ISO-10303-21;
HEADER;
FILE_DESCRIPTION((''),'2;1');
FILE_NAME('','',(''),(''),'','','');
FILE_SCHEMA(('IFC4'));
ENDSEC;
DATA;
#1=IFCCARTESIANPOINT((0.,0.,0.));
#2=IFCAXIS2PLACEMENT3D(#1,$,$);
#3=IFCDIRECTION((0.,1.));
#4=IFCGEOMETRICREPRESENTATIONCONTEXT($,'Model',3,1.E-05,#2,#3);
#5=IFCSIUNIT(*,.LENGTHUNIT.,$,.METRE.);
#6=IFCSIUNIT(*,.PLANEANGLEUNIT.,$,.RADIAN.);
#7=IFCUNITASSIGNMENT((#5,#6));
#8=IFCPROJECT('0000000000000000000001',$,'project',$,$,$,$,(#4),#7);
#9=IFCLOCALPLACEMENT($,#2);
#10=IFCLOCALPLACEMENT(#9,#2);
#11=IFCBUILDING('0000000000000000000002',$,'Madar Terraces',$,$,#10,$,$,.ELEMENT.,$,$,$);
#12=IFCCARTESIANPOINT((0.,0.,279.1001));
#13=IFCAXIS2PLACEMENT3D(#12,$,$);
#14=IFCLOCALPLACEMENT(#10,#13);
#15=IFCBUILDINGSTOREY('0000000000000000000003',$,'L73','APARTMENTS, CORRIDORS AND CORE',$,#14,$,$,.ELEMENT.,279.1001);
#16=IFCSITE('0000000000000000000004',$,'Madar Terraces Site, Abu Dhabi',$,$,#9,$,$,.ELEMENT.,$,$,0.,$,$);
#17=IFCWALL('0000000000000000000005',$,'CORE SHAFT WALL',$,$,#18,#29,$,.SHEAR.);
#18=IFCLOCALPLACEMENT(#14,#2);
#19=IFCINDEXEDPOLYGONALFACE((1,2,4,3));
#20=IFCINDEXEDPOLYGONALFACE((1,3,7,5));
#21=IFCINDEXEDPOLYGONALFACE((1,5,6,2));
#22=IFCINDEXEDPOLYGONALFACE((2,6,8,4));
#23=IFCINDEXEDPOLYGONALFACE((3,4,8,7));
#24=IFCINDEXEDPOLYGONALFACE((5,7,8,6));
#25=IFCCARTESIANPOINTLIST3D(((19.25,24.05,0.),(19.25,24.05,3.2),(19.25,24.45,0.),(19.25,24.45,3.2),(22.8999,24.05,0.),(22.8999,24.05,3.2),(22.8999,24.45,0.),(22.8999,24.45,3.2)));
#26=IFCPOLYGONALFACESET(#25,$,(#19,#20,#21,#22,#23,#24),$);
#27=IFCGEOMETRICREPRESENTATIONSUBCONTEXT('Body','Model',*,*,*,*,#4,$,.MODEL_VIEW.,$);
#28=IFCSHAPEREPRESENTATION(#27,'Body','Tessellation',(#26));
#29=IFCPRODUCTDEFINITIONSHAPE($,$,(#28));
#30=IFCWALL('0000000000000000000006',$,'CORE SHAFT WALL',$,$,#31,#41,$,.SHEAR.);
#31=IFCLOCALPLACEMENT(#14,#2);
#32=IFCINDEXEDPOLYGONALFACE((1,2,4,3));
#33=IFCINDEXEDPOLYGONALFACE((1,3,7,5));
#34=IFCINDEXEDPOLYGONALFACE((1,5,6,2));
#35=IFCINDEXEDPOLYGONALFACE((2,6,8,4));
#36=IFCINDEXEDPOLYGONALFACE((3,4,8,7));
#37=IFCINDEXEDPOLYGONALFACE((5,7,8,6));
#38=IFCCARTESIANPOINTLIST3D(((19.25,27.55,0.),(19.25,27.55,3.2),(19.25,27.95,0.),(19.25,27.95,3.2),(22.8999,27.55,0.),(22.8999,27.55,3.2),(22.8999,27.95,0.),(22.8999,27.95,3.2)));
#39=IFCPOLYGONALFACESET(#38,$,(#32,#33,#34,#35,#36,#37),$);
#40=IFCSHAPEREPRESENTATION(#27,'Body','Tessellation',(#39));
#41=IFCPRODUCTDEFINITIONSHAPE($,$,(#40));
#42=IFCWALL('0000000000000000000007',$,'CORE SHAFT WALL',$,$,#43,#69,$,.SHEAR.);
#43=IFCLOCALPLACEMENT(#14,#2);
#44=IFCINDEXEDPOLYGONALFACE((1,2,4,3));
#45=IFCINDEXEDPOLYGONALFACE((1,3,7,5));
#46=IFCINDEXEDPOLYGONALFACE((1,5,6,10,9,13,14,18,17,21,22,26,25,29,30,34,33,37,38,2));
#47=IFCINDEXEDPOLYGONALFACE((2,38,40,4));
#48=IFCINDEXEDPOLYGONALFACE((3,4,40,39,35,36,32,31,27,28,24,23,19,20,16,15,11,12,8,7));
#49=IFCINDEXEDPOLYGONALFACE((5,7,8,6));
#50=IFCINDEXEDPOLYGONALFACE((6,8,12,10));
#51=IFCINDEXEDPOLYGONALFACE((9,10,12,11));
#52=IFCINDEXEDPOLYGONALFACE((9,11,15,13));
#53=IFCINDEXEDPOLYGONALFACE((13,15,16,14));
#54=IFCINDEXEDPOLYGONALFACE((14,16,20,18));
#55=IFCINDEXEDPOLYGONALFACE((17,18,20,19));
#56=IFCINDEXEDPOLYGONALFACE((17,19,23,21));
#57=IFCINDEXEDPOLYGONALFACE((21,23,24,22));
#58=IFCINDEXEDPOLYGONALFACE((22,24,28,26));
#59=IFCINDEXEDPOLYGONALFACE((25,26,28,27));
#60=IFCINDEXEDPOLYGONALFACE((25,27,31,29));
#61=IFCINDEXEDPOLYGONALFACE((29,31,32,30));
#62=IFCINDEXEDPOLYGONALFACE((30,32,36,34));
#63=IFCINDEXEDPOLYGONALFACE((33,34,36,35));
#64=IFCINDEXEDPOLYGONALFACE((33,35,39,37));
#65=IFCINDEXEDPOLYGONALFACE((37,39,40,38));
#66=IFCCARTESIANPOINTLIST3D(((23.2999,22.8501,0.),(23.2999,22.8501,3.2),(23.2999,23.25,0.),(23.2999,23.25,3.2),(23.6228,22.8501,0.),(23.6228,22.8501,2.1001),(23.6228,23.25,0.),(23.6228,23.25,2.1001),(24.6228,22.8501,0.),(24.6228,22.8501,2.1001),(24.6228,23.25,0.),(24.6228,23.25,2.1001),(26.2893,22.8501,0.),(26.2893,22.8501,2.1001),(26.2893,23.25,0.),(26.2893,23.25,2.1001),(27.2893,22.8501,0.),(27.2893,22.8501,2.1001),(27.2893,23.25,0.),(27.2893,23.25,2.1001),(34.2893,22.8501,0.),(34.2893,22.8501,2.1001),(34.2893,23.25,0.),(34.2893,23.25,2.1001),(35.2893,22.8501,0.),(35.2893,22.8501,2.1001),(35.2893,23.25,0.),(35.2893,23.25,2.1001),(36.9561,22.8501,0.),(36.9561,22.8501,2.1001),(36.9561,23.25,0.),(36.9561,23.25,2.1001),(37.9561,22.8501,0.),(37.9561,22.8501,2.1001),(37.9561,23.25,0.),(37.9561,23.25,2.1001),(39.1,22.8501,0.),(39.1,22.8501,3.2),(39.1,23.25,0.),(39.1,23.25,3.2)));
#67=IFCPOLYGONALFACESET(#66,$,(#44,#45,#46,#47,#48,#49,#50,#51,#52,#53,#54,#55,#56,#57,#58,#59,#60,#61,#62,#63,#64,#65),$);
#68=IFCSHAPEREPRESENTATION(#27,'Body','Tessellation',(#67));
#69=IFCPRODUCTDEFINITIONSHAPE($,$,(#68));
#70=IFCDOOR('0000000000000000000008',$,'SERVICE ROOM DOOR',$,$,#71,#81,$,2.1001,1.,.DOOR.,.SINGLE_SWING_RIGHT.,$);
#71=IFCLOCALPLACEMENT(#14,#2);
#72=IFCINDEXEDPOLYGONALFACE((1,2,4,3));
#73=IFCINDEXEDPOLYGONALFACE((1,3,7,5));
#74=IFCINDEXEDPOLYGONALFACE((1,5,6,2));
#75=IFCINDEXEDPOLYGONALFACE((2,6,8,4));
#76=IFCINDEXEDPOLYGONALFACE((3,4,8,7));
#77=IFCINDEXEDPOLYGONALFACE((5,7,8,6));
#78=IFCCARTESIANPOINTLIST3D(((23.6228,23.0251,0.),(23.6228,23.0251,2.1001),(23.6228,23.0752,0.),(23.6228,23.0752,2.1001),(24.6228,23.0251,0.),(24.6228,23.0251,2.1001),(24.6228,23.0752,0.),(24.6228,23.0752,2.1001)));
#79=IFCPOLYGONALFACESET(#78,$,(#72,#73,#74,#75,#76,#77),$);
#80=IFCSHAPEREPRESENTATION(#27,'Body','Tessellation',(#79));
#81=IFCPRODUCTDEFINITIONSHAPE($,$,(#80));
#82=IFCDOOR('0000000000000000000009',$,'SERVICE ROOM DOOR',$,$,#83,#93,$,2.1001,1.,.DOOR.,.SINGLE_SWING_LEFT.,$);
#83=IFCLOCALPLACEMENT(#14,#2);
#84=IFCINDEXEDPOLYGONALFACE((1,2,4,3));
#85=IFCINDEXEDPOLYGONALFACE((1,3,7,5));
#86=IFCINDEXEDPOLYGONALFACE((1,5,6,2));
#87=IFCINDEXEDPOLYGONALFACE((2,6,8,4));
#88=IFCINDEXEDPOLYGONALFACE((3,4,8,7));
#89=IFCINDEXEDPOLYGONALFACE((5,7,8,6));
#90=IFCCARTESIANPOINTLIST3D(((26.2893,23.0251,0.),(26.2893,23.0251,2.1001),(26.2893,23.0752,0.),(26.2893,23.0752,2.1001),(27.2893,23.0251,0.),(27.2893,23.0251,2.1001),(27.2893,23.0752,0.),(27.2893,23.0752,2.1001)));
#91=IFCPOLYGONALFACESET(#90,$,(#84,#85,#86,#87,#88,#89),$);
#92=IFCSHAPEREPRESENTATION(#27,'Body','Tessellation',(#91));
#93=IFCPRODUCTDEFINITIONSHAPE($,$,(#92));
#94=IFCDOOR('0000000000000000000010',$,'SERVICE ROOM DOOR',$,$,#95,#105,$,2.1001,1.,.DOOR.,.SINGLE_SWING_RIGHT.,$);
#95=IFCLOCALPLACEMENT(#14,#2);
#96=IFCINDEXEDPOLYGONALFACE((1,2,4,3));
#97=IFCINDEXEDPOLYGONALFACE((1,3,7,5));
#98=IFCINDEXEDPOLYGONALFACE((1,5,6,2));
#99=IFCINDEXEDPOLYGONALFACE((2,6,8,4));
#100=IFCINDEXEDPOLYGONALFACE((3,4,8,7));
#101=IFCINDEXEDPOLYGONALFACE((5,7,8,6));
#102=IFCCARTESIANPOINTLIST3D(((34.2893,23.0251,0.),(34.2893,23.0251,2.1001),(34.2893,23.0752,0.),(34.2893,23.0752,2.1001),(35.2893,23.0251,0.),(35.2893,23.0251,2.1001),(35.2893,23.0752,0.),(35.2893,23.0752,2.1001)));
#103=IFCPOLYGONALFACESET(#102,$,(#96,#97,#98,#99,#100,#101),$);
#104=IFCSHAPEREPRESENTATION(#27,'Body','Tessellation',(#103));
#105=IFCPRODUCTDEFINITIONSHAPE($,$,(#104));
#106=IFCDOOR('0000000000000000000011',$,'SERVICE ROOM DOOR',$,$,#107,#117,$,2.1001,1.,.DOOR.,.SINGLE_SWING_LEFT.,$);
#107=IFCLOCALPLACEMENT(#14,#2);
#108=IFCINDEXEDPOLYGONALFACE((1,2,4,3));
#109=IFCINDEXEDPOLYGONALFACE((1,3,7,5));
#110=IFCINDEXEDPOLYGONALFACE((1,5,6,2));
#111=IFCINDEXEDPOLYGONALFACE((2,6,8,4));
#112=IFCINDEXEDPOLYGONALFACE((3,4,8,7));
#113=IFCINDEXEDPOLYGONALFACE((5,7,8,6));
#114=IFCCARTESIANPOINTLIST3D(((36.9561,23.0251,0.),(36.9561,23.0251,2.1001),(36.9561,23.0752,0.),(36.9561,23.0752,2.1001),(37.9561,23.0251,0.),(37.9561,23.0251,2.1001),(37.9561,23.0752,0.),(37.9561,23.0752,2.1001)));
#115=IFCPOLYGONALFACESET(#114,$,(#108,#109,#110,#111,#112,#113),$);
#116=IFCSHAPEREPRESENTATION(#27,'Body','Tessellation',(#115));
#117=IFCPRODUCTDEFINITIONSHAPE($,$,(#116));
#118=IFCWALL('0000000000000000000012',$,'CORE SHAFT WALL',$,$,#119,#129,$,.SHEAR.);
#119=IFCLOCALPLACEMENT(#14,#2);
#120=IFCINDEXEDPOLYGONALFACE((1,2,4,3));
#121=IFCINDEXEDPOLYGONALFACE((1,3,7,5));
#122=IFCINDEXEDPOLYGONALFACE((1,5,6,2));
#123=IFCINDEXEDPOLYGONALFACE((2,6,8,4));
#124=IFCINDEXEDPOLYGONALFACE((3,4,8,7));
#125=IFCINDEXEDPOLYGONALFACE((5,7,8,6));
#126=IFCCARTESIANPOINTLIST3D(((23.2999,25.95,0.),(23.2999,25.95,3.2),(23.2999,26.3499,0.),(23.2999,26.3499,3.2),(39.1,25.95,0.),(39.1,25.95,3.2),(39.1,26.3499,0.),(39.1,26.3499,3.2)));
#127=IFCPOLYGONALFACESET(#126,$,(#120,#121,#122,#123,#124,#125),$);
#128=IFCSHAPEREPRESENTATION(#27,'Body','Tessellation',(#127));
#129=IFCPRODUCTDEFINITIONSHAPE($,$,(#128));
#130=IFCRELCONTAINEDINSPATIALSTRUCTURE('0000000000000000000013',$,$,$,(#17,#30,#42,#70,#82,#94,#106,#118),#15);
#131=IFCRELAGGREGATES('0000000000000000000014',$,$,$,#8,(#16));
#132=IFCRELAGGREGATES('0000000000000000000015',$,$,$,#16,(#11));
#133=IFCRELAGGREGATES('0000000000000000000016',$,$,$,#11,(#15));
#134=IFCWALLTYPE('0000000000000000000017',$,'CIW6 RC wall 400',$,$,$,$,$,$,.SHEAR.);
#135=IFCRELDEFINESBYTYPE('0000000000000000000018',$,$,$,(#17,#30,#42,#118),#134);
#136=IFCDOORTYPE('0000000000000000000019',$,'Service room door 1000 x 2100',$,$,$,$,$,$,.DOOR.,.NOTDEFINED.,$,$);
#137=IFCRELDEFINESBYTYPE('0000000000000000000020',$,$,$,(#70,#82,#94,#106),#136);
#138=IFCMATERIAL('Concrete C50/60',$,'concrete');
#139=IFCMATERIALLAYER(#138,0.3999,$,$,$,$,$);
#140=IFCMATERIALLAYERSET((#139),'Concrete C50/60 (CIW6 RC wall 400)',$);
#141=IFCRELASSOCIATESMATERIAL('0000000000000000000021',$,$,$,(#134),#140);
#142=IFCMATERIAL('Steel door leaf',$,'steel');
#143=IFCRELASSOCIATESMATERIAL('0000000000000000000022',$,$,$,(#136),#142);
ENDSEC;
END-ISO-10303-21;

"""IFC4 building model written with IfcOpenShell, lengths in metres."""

from ifc_helpers import new_model, si_unit, direction, frame, frame_2d, origin, place, context, subcontext, project, spatial, rectangle, extrude, material, layer, layer_set, type_object, element, fill, save


model = new_model("IFC4")

# Units and contexts
model_context = context("Model", 3, precision=1e-05, world=origin(), true_north=direction((0.0, 1.0)))
body_context = subcontext(model_context, "Body", "Model", "MODEL_VIEW")
ifc_project = project(units=[si_unit("LENGTHUNIT", "METRE"), si_unit("PLANEANGLEUNIT", "RADIAN")], contexts=[model_context])

# Site, building, storey
site_placement = place(None, origin())
site = spatial("IfcSite", under=ifc_project, at=site_placement, Name="Madar Terraces Site, Abu Dhabi", CompositionType="ELEMENT", RefElevation=0.0)
building_placement = place(site_placement, origin())
building = spatial("IfcBuilding", under=site, at=building_placement, Name="Madar Terraces", CompositionType="ELEMENT")
storey_placement = place(building_placement, frame((0.0, 0.0, 279.1001)))
storey = spatial("IfcBuildingStorey", under=building, at=storey_placement, Name="L73", Description="APARTMENTS, CORRIDORS AND CORE", CompositionType="ELEMENT", Elevation=279.1001)

# Walls
ifc_material_1 = material(Name="Concrete C50/60", Category="concrete")
ifc_layer_1 = layer(ifc_material_1, 0.3999)
ifc_layer_set_1 = layer_set([ifc_layer_1], Name="Concrete C50/60 (CIW6 RC wall 400)")
wall_type_1 = type_object("IfcWallType", Name="CIW6 RC wall 400", PredefinedType="SHEAR", material=ifc_layer_set_1)
for number, where, z_axis, x_axis, name in (
    (1, (19.25, 24.25, 0.0), (0.0, 0.0, 1.0), (1.0, 0.0, 0.0), "CORE SHAFT WALL"),
    (2, (19.25, 27.75, 0.0), (0.0, 0.0, 1.0), (1.0, 0.0, 0.0), "CORE SHAFT WALL"),
):
    element("IfcWall", number, at=place(storey_placement, frame(where, z_axis=z_axis, x_axis=x_axis)), inside=storey, type_object=wall_type_1, Name=name, PredefinedType="SHEAR", context=body_context, shape_type="SweptSolid", body=[
        extrude(rectangle(XDim=3.6499, YDim=0.3999, at=frame_2d((1.825, 0.0))), origin(), (0.0, 0.0, 1.0), 3.2),
    ])

# Wall, openings, doors
wall_1_placement = place(storey_placement, frame((23.3, 23.05, 0.0), z_axis=(0.0, 0.0, 1.0), x_axis=(1.0, 0.0, 0.0)))
wall_1 = element("IfcWall", 3, at=wall_1_placement, inside=storey, type_object=wall_type_1, Name="CORE SHAFT WALL", PredefinedType="SHEAR", context=body_context, shape_type="SweptSolid", body=[
    extrude(rectangle(XDim=15.8, YDim=0.3999, at=frame_2d((7.8999, 0.0))), origin(), (0.0, 0.0, 1.0), 3.2),
])
opening_1_placement = place(wall_1_placement, frame((0.3228, 0.0, 0.0)))
opening_1 = element("IfcOpeningElement", 4, at=opening_1_placement, cuts=wall_1, PredefinedType="OPENING", context=body_context, shape_type="SweptSolid", body=[
    extrude(rectangle(XDim=1.0, YDim=2.1001, at=frame_2d((0.5, 1.05))), frame((0.0, 0.21, 0.0), z_axis=(0.0, -1.0, 0.0), x_axis=(1.0, 0.0, 0.0)), (0.0, 0.0, 1.0), 0.4199),
])
opening_2_placement = place(wall_1_placement, frame((2.9893, 0.0, 0.0)))
opening_2 = element("IfcOpeningElement", 5, at=opening_2_placement, cuts=wall_1, PredefinedType="OPENING", context=body_context, shape_type="SweptSolid", body=[
    extrude(rectangle(XDim=1.0, YDim=2.1001, at=frame_2d((0.5, 1.05))), frame((0.0, 0.21, 0.0), z_axis=(0.0, -1.0, 0.0), x_axis=(1.0, 0.0, 0.0)), (0.0, 0.0, 1.0), 0.4199),
])
opening_3_placement = place(wall_1_placement, frame((10.9893, 0.0, 0.0)))
opening_3 = element("IfcOpeningElement", 6, at=opening_3_placement, cuts=wall_1, PredefinedType="OPENING", context=body_context, shape_type="SweptSolid", body=[
    extrude(rectangle(XDim=1.0, YDim=2.1001, at=frame_2d((0.5, 1.05))), frame((0.0, 0.21, 0.0), z_axis=(0.0, -1.0, 0.0), x_axis=(1.0, 0.0, 0.0)), (0.0, 0.0, 1.0), 0.4199),
])
opening_4_placement = place(wall_1_placement, frame((13.656, 0.0, 0.0)))
opening_4 = element("IfcOpeningElement", 7, at=opening_4_placement, cuts=wall_1, PredefinedType="OPENING", context=body_context, shape_type="SweptSolid", body=[
    extrude(rectangle(XDim=1.0, YDim=2.1001, at=frame_2d((0.5, 1.05))), frame((0.0, 0.21, 0.0), z_axis=(0.0, -1.0, 0.0), x_axis=(1.0, 0.0, 0.0)), (0.0, 0.0, 1.0), 0.4199),
])
ifc_material_2 = material(Name="Steel door leaf", Category="steel")
door_type_1 = type_object("IfcDoorType", Name="Service room door 1000 x 2100", OperationType="NOTDEFINED", PredefinedType="DOOR", material=ifc_material_2)
door_1_placement = place(opening_1_placement, frame((1.0, 0.0, 0.0), z_axis=(0.0, 0.0, 1.0), x_axis=(-1.0, 0.0, 0.0)))
door_1 = element("IfcDoor", 8, at=door_1_placement, inside=storey, type_object=door_type_1, Name="SERVICE ROOM DOOR", OperationType="SINGLE_SWING_RIGHT", OverallHeight=2.1001, OverallWidth=1.0, PredefinedType="DOOR", context=body_context, shape_type="SweptSolid", body=[
    extrude(rectangle(XDim=1.0, YDim=2.1001, at=frame_2d((0.5, 1.05))), frame((0.0, 0.0249, 0.0), z_axis=(0.0, -1.0, 0.0), x_axis=(1.0, 0.0, 0.0)), (0.0, 0.0, 1.0), 0.05),
])
fill(opening_1, door_1)
door_2_placement = place(opening_2_placement, frame((1.0, 0.0, 0.0), z_axis=(0.0, 0.0, 1.0), x_axis=(-1.0, 0.0, 0.0)))
door_2 = element("IfcDoor", 9, at=door_2_placement, inside=storey, type_object=door_type_1, Name="SERVICE ROOM DOOR", OperationType="SINGLE_SWING_LEFT", OverallHeight=2.1001, OverallWidth=1.0, PredefinedType="DOOR", context=body_context, shape_type="SweptSolid", body=[
    extrude(rectangle(XDim=1.0, YDim=2.1001, at=frame_2d((0.5, 1.05))), frame((0.0, 0.0249, 0.0), z_axis=(0.0, -1.0, 0.0), x_axis=(1.0, 0.0, 0.0)), (0.0, 0.0, 1.0), 0.05),
])
fill(opening_2, door_2)
door_3_placement = place(opening_3_placement, frame((1.0, 0.0, 0.0), z_axis=(0.0, 0.0, 1.0), x_axis=(-1.0, 0.0, 0.0)))
door_3 = element("IfcDoor", 10, at=door_3_placement, inside=storey, type_object=door_type_1, Name="SERVICE ROOM DOOR", OperationType="SINGLE_SWING_RIGHT", OverallHeight=2.1001, OverallWidth=1.0, PredefinedType="DOOR", context=body_context, shape_type="SweptSolid", body=[
    extrude(rectangle(XDim=1.0, YDim=2.1001, at=frame_2d((0.5, 1.05))), frame((0.0, 0.0249, 0.0), z_axis=(0.0, -1.0, 0.0), x_axis=(1.0, 0.0, 0.0)), (0.0, 0.0, 1.0), 0.05),
])
fill(opening_3, door_3)
door_4_placement = place(opening_4_placement, frame((1.0, 0.0, 0.0), z_axis=(0.0, 0.0, 1.0), x_axis=(-1.0, 0.0, 0.0)))
door_4 = element("IfcDoor", 11, at=door_4_placement, inside=storey, type_object=door_type_1, Name="SERVICE ROOM DOOR", OperationType="SINGLE_SWING_LEFT", OverallHeight=2.1001, OverallWidth=1.0, PredefinedType="DOOR", context=body_context, shape_type="SweptSolid", body=[
    extrude(rectangle(XDim=1.0, YDim=2.1001, at=frame_2d((0.5, 1.05))), frame((0.0, 0.0249, 0.0), z_axis=(0.0, -1.0, 0.0), x_axis=(1.0, 0.0, 0.0)), (0.0, 0.0, 1.0), 0.05),
])
fill(opening_4, door_4)

# Wall
wall_2_placement = place(storey_placement, frame((23.3, 26.1499, 0.0), z_axis=(0.0, 0.0, 1.0), x_axis=(1.0, 0.0, 0.0)))
element("IfcWall", 12, at=wall_2_placement, inside=storey, type_object=wall_type_1, Name="CORE SHAFT WALL", PredefinedType="SHEAR", context=body_context, shape_type="SweptSolid", body=[
    extrude(rectangle(XDim=15.8, YDim=0.3999, at=frame_2d((7.8999, 0.0))), origin(), (0.0, 0.0, 1.0), 3.2),
])

save(model, "model.ifc")
